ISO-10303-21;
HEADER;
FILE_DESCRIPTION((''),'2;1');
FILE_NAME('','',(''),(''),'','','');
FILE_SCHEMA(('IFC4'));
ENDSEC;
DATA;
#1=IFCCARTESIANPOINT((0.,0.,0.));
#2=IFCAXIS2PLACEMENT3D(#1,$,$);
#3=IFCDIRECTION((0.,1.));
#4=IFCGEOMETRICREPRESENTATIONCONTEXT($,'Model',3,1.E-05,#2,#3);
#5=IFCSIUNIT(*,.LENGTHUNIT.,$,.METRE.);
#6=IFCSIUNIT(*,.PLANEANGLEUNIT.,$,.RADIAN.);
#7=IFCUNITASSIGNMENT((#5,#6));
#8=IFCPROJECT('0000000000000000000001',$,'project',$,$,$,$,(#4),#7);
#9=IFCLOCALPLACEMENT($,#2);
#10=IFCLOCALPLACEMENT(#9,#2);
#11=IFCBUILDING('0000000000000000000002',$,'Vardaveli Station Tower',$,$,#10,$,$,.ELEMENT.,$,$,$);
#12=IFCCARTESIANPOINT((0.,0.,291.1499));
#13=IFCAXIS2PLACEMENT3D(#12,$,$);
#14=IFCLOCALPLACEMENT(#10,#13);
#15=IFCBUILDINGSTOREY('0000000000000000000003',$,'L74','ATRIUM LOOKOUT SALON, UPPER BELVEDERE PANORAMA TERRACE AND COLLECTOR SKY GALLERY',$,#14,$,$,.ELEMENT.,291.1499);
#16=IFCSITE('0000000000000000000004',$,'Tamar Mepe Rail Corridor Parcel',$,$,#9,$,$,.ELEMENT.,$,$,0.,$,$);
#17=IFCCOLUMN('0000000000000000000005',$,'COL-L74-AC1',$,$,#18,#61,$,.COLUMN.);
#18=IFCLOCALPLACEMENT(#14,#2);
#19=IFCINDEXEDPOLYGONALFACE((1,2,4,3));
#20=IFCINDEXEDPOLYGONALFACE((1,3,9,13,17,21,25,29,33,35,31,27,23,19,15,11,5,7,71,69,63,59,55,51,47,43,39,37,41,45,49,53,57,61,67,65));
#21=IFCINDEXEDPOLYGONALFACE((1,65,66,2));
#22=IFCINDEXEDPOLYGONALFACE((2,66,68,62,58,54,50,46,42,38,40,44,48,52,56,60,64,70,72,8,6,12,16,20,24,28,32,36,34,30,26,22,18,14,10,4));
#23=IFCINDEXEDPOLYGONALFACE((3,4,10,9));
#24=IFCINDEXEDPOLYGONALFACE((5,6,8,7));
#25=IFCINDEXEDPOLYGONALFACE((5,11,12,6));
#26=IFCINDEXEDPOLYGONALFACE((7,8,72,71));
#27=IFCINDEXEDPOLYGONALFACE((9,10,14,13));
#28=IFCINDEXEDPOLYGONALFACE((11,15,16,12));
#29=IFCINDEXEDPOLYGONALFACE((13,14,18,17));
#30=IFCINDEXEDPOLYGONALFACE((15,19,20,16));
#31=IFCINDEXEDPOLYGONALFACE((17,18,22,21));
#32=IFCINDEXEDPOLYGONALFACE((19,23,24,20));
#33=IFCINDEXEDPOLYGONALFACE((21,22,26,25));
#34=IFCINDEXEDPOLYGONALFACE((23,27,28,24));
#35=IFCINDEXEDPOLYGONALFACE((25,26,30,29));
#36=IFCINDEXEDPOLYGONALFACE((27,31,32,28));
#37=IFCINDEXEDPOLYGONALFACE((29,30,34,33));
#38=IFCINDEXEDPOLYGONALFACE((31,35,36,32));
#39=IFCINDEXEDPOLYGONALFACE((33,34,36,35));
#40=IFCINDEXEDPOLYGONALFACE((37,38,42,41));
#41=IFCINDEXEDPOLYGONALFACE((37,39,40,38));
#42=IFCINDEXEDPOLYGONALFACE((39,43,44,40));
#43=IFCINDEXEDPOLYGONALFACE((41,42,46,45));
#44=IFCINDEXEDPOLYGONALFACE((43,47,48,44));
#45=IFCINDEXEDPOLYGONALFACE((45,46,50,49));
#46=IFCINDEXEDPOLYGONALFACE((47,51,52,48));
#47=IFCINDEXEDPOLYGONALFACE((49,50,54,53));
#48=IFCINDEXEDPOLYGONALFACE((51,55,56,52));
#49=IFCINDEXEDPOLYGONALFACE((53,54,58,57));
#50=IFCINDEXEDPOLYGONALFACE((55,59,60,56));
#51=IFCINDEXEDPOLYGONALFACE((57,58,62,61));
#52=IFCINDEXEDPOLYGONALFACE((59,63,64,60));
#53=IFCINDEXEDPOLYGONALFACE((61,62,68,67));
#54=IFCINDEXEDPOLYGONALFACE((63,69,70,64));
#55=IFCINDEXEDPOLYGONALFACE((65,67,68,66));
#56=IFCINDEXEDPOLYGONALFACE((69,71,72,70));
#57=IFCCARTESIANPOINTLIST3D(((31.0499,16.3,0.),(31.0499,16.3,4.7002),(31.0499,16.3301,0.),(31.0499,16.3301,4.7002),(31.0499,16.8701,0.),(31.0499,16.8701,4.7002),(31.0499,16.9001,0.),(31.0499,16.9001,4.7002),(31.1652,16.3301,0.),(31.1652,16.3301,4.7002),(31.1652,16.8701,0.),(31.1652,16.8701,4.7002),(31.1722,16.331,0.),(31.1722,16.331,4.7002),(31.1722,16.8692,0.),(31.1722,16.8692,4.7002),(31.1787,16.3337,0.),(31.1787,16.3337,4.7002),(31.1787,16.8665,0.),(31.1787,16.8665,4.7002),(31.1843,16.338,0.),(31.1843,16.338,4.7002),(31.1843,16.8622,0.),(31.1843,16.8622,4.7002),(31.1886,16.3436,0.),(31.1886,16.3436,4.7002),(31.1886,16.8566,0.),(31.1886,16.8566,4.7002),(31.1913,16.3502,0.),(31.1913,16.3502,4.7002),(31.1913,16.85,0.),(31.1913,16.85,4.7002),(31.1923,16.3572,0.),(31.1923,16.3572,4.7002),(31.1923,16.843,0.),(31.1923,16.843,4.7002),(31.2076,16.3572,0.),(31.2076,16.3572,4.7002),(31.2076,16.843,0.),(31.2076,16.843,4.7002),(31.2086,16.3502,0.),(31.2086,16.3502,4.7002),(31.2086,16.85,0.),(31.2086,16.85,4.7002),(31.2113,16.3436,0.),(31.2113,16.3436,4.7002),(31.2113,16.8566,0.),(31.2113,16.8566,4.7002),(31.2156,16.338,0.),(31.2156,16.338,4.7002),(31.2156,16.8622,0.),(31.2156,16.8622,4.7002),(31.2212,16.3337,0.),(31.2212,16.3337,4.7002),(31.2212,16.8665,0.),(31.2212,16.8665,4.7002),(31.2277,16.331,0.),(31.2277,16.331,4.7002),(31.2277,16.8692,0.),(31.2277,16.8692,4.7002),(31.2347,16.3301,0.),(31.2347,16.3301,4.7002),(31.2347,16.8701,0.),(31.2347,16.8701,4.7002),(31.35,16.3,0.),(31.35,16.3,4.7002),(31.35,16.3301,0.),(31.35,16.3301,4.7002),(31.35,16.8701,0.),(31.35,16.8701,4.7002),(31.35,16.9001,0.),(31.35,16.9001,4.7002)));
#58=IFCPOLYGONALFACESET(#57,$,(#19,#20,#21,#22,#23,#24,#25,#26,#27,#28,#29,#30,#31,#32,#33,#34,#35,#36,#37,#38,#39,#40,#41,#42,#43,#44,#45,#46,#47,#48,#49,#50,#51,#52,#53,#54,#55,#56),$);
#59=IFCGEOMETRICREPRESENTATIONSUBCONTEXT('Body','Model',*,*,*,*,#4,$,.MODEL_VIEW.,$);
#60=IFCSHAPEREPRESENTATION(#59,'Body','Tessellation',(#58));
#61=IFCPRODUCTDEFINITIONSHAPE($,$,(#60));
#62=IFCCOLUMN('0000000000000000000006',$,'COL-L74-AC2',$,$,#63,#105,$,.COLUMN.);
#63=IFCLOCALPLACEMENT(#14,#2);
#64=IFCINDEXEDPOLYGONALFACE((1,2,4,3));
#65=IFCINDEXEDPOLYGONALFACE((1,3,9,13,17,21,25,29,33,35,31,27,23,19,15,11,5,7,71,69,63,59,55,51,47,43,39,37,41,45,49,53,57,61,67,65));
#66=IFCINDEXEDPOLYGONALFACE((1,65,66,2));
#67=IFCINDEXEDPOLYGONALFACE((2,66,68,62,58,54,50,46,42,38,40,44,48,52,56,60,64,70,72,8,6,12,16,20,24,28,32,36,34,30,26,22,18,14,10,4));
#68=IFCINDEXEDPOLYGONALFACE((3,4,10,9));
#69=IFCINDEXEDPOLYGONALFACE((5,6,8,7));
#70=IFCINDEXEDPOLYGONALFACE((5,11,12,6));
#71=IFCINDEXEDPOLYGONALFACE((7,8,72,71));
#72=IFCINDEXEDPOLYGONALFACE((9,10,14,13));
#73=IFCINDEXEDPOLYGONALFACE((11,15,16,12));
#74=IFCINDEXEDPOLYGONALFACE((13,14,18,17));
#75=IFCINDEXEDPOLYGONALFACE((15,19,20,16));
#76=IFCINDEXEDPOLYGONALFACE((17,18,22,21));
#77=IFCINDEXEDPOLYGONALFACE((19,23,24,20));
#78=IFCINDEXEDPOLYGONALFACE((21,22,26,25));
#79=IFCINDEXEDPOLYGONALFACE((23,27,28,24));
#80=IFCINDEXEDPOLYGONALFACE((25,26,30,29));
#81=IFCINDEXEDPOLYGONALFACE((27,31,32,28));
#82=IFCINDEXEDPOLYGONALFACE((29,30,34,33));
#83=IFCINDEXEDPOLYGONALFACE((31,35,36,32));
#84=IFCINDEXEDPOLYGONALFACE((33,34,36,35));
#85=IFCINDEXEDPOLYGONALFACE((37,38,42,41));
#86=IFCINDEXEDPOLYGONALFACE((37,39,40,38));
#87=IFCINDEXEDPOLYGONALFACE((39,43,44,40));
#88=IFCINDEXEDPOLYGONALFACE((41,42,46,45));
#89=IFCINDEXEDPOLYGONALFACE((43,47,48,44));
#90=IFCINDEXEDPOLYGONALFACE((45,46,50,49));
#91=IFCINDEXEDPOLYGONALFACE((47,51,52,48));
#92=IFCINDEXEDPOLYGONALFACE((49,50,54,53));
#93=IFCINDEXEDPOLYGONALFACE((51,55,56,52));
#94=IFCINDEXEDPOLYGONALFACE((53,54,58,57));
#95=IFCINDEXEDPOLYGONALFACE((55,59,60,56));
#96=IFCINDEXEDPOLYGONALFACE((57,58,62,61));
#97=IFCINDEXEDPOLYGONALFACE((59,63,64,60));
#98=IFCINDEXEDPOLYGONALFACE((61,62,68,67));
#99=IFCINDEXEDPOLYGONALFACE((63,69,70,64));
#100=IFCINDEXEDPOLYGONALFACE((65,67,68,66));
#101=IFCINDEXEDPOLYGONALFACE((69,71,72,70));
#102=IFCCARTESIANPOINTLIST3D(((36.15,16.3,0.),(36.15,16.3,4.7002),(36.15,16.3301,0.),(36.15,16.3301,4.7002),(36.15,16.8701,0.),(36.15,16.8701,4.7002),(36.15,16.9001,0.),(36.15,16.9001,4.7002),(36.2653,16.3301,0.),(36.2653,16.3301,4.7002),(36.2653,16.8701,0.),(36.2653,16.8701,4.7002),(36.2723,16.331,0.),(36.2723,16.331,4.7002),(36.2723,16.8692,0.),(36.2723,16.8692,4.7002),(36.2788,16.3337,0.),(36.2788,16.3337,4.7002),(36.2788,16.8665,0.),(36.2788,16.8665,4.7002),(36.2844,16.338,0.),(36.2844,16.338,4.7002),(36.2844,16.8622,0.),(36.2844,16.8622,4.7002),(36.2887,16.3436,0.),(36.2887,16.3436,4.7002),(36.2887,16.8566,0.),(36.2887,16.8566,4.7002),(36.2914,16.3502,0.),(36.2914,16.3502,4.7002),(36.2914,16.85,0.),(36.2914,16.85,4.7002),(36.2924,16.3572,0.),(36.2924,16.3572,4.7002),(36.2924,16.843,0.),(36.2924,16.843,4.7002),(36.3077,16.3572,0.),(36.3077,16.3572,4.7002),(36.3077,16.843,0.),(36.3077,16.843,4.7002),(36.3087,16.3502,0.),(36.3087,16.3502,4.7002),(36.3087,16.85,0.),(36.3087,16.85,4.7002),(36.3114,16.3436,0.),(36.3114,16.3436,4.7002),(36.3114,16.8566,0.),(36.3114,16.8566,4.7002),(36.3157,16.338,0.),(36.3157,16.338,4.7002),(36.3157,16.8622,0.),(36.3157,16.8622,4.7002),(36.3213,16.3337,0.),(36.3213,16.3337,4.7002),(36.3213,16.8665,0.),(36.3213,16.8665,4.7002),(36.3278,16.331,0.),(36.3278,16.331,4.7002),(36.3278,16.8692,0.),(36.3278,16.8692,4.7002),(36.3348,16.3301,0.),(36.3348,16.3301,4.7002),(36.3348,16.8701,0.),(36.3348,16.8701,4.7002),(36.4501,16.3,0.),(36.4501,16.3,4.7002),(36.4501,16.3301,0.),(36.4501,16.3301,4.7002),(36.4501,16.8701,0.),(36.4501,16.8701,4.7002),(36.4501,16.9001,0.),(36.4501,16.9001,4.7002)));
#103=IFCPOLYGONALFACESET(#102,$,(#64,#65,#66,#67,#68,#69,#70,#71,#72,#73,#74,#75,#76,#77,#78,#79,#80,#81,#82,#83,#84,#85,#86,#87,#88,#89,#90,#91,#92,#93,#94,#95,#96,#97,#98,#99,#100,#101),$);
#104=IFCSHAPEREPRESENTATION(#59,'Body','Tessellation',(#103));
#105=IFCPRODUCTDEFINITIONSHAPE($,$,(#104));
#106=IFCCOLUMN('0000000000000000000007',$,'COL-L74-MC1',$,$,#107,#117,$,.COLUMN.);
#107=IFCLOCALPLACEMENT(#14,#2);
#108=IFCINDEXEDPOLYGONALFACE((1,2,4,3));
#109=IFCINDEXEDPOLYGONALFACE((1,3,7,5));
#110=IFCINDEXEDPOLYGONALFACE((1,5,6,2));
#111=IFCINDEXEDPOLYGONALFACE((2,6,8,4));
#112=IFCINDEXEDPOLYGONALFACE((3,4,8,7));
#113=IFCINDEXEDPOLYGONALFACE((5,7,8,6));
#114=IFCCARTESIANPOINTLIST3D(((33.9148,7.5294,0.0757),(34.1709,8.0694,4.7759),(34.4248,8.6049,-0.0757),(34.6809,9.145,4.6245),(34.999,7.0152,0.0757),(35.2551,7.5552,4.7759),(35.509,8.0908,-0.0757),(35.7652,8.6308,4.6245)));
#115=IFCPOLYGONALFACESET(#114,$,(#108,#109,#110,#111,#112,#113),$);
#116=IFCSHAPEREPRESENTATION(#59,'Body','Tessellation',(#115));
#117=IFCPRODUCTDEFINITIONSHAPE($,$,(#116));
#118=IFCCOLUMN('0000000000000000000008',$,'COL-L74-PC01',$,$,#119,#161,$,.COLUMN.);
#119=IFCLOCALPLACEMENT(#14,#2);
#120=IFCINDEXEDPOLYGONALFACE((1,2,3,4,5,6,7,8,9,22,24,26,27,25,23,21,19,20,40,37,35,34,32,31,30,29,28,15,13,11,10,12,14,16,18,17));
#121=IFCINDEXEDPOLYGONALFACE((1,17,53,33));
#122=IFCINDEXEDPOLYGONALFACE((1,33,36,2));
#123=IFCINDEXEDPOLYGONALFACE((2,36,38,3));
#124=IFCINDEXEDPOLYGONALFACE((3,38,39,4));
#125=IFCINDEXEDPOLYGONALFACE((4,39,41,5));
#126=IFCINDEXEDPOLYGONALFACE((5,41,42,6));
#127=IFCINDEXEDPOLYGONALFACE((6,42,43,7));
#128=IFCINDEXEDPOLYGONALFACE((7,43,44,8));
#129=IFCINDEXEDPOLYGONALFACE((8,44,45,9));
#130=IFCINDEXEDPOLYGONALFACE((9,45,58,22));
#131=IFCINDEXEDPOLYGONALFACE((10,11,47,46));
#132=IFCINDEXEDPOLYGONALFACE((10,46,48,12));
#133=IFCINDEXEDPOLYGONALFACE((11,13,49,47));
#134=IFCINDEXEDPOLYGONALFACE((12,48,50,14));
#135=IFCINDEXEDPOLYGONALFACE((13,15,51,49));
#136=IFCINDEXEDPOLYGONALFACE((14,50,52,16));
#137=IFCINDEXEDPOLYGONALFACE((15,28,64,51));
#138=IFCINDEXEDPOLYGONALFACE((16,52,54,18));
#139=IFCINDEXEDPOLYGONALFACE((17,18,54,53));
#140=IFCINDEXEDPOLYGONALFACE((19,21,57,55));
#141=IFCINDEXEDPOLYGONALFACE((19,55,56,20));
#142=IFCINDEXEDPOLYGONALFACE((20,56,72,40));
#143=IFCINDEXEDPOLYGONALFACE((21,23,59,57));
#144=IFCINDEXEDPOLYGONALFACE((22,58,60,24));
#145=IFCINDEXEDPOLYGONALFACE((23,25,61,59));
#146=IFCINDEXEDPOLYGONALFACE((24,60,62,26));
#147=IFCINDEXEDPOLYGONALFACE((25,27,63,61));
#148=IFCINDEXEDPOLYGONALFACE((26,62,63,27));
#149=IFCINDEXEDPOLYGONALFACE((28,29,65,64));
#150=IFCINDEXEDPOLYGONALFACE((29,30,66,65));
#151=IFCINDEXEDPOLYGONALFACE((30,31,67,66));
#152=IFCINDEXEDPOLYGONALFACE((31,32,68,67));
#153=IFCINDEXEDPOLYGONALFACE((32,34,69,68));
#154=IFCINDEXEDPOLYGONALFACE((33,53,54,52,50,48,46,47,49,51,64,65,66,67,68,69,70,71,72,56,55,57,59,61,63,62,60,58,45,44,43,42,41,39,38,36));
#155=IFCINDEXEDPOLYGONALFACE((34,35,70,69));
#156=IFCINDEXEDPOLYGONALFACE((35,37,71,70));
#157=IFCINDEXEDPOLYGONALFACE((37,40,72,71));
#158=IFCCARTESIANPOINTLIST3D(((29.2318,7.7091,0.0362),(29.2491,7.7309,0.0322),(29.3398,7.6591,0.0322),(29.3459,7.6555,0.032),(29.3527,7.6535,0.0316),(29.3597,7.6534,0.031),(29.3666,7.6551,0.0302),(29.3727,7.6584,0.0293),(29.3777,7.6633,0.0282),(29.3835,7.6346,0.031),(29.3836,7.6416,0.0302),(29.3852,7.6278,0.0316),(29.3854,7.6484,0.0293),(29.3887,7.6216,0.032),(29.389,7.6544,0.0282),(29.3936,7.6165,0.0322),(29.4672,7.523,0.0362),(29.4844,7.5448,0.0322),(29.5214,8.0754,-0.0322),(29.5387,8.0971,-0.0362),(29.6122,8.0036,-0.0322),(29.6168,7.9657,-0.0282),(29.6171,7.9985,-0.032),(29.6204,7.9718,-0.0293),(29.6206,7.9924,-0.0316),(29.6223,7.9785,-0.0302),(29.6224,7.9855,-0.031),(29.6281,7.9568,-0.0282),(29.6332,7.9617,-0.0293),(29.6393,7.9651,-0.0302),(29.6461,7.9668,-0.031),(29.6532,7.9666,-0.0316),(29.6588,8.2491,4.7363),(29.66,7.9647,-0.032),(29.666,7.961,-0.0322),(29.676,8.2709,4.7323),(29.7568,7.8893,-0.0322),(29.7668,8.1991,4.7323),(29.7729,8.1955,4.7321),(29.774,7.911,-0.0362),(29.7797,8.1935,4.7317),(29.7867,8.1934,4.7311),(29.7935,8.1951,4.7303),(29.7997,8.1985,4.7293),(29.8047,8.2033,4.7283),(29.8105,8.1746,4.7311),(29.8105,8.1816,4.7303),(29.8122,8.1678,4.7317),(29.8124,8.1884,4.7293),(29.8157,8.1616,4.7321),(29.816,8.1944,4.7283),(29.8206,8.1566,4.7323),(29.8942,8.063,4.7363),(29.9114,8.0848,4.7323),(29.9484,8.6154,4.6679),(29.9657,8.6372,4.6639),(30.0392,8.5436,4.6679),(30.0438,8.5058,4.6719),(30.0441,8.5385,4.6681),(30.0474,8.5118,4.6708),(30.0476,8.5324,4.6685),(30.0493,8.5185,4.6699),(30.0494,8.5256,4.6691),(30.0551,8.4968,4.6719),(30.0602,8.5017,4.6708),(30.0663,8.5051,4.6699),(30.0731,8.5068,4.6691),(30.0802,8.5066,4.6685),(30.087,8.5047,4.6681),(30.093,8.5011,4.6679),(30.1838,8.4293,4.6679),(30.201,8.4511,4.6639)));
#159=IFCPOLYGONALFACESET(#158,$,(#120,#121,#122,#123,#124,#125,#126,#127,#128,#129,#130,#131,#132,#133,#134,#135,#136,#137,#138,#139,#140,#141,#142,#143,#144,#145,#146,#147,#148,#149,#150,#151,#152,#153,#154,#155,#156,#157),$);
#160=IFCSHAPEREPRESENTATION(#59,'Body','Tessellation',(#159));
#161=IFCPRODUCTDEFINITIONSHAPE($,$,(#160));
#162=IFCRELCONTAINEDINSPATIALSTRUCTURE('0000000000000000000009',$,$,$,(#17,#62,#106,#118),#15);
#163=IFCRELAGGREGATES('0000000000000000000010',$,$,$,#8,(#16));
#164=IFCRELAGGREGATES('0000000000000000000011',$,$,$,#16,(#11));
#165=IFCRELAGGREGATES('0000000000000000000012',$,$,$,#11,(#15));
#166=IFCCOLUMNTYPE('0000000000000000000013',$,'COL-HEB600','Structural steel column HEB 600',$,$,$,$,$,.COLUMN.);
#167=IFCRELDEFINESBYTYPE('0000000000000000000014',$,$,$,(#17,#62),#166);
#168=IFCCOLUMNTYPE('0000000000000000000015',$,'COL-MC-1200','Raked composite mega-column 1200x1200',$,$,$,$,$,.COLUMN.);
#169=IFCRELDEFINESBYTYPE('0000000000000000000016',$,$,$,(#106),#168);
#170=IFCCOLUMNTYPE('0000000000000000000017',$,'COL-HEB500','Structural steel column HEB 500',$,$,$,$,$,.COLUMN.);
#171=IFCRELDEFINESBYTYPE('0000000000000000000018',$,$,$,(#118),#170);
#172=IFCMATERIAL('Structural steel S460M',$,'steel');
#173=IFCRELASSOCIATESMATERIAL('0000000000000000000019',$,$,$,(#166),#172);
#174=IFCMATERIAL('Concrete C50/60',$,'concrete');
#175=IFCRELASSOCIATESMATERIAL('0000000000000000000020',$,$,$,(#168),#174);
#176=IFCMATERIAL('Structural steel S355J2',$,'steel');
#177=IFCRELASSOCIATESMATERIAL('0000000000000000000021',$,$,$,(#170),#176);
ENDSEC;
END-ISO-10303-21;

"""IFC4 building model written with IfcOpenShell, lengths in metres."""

from ifc_helpers import new_model, si_unit, direction, frame, origin, origin_2d, place, context, subcontext, project, spatial, rectangle, i_section, extrude, source, transform, mapped, material, material_profile, profile_set, type_object, element, save


model = new_model("IFC4")

# Units and contexts
model_context = context("Model", 3, precision=1e-05, world=origin(), true_north=direction((0.0, 1.0)))
body_context = subcontext(model_context, "Body", "Model", "MODEL_VIEW")
ifc_project = project(units=[si_unit("LENGTHUNIT", "METRE"), si_unit("PLANEANGLEUNIT", "RADIAN")], contexts=[model_context])

# Site, building, storey
site_placement = place(None, origin())
site = spatial("IfcSite", under=ifc_project, at=site_placement, Name="Tamar Mepe Rail Corridor Parcel", CompositionType="ELEMENT", RefElevation=0.0)
building_placement = place(site_placement, origin())
building = spatial("IfcBuilding", under=site, at=building_placement, Name="Vardaveli Station Tower", CompositionType="ELEMENT")
storey_placement = place(building_placement, frame((0.0, 0.0, 291.1499)))
storey = spatial("IfcBuildingStorey", under=building, at=storey_placement, Name="L74", Description="ATRIUM LOOKOUT SALON, UPPER BELVEDERE PANORAMA TERRACE AND COLLECTOR SKY GALLERY", CompositionType="ELEMENT", Elevation=291.1499)

# Columns
ifc_material_1 = material(Name="Structural steel S460M", Category="steel")
ifc_material_profile_1 = material_profile(ifc_material_1, i_section(OverallWidth=0.3, OverallDepth=0.6001, WebThickness=0.0154, FlangeThickness=0.03, FilletRadius=0.0271, at=origin_2d()), Name="HEB 600")
ifc_profile_set_1 = profile_set([ifc_material_profile_1], Name="Structural steel S460M")
column_type_1 = type_object("IfcColumnType", Name="COL-HEB600", Description="Structural steel column HEB 600", PredefinedType="COLUMN", material=ifc_profile_set_1)
shared_shape_1 = source(origin(), body_context, "Body", "SweptSolid", [
    extrude(i_section(OverallWidth=0.3, OverallDepth=0.6001, WebThickness=0.0154, FlangeThickness=0.03, FilletRadius=0.0271, at=origin_2d()), origin(), (0.0, 0.0, 1.0), 4.7002),
])
for number, where, z_axis, x_axis, name in (
    (1, (31.2, 16.6001, 0.0), (0.0, 0.0, 1.0), (1.0, 0.0, 0.0), "COL-L74-AC1"),
    (2, (36.3, 16.6001, 0.0), (0.0, 0.0, 1.0), (1.0, 0.0, 0.0), "COL-L74-AC2"),
):
    element("IfcColumn", number, at=place(storey_placement, frame(where, z_axis=z_axis, x_axis=x_axis)), inside=storey, type_object=column_type_1, Name=name, PredefinedType="COLUMN", context=body_context, shape_type="MappedRepresentation", body=[
        mapped(shared_shape_1, transform((0.0, 0.0, 0.0), scale=1.0)),
    ])
ifc_material_2 = material(Name="Concrete C50/60", Category="concrete")
ifc_material_profile_2 = material_profile(ifc_material_2, rectangle(XDim=1.2, YDim=1.2, at=origin_2d()), Name="MC 1200x1200")
ifc_profile_set_2 = profile_set([ifc_material_profile_2], Name="Concrete C50/60")
column_type_2 = type_object("IfcColumnType", Name="COL-MC-1200", Description="Raked composite mega-column 1200x1200", PredefinedType="COLUMN", material=ifc_profile_set_2)
shared_shape_2 = source(origin(), body_context, "Body", "SweptSolid", [
    extrude(rectangle(XDim=1.2, YDim=1.2, at=origin_2d()), origin(), (0.0, 0.0, 1.0), 4.738),
])
column_1_placement = place(storey_placement, frame((34.7119, 7.8101, 0.0), z_axis=(0.054053, 0.113979, 0.992012), x_axis=(-0.903546, 0.42849, 0.0)))
element("IfcColumn", 3, at=column_1_placement, inside=storey, type_object=column_type_2, Name="COL-L74-MC1", PredefinedType="COLUMN", context=body_context, shape_type="MappedRepresentation", body=[
    mapped(shared_shape_2, transform((0.0, 0.0, 0.0), scale=1.0)),
])
ifc_material_3 = material(Name="Structural steel S355J2", Category="steel")
ifc_material_profile_3 = material_profile(ifc_material_3, i_section(OverallWidth=0.3, OverallDepth=0.5, WebThickness=0.0144, FlangeThickness=0.0281, FilletRadius=0.0271, at=origin_2d()), Name="HEB 500")
ifc_profile_set_3 = profile_set([ifc_material_profile_3], Name="Structural steel S355J2")
column_type_3 = type_object("IfcColumnType", Name="COL-HEB500", Description="Structural steel column HEB 500", PredefinedType="COLUMN", material=ifc_profile_set_3)
shared_shape_3 = source(origin(), body_context, "Body", "SweptSolid", [
    extrude(i_section(OverallWidth=0.3, OverallDepth=0.5, WebThickness=0.0144, FlangeThickness=0.0281, FilletRadius=0.0271, at=origin_2d()), origin(), (0.0, 0.0, 1.0), 4.7502),
])
column_2_placement = place(storey_placement, frame((29.5029, 7.8101, 0.0), z_axis=(0.089889, 0.113684, 0.989442), x_axis=(-0.78442, 0.620231, 0.0)))
element("IfcColumn", 4, at=column_2_placement, inside=storey, type_object=column_type_3, Name="COL-L74-PC01", PredefinedType="COLUMN", context=body_context, shape_type="MappedRepresentation", body=[
    mapped(shared_shape_3, transform((0.0, 0.0, 0.0), scale=1.0)),
])

save(model, "model.ifc")
